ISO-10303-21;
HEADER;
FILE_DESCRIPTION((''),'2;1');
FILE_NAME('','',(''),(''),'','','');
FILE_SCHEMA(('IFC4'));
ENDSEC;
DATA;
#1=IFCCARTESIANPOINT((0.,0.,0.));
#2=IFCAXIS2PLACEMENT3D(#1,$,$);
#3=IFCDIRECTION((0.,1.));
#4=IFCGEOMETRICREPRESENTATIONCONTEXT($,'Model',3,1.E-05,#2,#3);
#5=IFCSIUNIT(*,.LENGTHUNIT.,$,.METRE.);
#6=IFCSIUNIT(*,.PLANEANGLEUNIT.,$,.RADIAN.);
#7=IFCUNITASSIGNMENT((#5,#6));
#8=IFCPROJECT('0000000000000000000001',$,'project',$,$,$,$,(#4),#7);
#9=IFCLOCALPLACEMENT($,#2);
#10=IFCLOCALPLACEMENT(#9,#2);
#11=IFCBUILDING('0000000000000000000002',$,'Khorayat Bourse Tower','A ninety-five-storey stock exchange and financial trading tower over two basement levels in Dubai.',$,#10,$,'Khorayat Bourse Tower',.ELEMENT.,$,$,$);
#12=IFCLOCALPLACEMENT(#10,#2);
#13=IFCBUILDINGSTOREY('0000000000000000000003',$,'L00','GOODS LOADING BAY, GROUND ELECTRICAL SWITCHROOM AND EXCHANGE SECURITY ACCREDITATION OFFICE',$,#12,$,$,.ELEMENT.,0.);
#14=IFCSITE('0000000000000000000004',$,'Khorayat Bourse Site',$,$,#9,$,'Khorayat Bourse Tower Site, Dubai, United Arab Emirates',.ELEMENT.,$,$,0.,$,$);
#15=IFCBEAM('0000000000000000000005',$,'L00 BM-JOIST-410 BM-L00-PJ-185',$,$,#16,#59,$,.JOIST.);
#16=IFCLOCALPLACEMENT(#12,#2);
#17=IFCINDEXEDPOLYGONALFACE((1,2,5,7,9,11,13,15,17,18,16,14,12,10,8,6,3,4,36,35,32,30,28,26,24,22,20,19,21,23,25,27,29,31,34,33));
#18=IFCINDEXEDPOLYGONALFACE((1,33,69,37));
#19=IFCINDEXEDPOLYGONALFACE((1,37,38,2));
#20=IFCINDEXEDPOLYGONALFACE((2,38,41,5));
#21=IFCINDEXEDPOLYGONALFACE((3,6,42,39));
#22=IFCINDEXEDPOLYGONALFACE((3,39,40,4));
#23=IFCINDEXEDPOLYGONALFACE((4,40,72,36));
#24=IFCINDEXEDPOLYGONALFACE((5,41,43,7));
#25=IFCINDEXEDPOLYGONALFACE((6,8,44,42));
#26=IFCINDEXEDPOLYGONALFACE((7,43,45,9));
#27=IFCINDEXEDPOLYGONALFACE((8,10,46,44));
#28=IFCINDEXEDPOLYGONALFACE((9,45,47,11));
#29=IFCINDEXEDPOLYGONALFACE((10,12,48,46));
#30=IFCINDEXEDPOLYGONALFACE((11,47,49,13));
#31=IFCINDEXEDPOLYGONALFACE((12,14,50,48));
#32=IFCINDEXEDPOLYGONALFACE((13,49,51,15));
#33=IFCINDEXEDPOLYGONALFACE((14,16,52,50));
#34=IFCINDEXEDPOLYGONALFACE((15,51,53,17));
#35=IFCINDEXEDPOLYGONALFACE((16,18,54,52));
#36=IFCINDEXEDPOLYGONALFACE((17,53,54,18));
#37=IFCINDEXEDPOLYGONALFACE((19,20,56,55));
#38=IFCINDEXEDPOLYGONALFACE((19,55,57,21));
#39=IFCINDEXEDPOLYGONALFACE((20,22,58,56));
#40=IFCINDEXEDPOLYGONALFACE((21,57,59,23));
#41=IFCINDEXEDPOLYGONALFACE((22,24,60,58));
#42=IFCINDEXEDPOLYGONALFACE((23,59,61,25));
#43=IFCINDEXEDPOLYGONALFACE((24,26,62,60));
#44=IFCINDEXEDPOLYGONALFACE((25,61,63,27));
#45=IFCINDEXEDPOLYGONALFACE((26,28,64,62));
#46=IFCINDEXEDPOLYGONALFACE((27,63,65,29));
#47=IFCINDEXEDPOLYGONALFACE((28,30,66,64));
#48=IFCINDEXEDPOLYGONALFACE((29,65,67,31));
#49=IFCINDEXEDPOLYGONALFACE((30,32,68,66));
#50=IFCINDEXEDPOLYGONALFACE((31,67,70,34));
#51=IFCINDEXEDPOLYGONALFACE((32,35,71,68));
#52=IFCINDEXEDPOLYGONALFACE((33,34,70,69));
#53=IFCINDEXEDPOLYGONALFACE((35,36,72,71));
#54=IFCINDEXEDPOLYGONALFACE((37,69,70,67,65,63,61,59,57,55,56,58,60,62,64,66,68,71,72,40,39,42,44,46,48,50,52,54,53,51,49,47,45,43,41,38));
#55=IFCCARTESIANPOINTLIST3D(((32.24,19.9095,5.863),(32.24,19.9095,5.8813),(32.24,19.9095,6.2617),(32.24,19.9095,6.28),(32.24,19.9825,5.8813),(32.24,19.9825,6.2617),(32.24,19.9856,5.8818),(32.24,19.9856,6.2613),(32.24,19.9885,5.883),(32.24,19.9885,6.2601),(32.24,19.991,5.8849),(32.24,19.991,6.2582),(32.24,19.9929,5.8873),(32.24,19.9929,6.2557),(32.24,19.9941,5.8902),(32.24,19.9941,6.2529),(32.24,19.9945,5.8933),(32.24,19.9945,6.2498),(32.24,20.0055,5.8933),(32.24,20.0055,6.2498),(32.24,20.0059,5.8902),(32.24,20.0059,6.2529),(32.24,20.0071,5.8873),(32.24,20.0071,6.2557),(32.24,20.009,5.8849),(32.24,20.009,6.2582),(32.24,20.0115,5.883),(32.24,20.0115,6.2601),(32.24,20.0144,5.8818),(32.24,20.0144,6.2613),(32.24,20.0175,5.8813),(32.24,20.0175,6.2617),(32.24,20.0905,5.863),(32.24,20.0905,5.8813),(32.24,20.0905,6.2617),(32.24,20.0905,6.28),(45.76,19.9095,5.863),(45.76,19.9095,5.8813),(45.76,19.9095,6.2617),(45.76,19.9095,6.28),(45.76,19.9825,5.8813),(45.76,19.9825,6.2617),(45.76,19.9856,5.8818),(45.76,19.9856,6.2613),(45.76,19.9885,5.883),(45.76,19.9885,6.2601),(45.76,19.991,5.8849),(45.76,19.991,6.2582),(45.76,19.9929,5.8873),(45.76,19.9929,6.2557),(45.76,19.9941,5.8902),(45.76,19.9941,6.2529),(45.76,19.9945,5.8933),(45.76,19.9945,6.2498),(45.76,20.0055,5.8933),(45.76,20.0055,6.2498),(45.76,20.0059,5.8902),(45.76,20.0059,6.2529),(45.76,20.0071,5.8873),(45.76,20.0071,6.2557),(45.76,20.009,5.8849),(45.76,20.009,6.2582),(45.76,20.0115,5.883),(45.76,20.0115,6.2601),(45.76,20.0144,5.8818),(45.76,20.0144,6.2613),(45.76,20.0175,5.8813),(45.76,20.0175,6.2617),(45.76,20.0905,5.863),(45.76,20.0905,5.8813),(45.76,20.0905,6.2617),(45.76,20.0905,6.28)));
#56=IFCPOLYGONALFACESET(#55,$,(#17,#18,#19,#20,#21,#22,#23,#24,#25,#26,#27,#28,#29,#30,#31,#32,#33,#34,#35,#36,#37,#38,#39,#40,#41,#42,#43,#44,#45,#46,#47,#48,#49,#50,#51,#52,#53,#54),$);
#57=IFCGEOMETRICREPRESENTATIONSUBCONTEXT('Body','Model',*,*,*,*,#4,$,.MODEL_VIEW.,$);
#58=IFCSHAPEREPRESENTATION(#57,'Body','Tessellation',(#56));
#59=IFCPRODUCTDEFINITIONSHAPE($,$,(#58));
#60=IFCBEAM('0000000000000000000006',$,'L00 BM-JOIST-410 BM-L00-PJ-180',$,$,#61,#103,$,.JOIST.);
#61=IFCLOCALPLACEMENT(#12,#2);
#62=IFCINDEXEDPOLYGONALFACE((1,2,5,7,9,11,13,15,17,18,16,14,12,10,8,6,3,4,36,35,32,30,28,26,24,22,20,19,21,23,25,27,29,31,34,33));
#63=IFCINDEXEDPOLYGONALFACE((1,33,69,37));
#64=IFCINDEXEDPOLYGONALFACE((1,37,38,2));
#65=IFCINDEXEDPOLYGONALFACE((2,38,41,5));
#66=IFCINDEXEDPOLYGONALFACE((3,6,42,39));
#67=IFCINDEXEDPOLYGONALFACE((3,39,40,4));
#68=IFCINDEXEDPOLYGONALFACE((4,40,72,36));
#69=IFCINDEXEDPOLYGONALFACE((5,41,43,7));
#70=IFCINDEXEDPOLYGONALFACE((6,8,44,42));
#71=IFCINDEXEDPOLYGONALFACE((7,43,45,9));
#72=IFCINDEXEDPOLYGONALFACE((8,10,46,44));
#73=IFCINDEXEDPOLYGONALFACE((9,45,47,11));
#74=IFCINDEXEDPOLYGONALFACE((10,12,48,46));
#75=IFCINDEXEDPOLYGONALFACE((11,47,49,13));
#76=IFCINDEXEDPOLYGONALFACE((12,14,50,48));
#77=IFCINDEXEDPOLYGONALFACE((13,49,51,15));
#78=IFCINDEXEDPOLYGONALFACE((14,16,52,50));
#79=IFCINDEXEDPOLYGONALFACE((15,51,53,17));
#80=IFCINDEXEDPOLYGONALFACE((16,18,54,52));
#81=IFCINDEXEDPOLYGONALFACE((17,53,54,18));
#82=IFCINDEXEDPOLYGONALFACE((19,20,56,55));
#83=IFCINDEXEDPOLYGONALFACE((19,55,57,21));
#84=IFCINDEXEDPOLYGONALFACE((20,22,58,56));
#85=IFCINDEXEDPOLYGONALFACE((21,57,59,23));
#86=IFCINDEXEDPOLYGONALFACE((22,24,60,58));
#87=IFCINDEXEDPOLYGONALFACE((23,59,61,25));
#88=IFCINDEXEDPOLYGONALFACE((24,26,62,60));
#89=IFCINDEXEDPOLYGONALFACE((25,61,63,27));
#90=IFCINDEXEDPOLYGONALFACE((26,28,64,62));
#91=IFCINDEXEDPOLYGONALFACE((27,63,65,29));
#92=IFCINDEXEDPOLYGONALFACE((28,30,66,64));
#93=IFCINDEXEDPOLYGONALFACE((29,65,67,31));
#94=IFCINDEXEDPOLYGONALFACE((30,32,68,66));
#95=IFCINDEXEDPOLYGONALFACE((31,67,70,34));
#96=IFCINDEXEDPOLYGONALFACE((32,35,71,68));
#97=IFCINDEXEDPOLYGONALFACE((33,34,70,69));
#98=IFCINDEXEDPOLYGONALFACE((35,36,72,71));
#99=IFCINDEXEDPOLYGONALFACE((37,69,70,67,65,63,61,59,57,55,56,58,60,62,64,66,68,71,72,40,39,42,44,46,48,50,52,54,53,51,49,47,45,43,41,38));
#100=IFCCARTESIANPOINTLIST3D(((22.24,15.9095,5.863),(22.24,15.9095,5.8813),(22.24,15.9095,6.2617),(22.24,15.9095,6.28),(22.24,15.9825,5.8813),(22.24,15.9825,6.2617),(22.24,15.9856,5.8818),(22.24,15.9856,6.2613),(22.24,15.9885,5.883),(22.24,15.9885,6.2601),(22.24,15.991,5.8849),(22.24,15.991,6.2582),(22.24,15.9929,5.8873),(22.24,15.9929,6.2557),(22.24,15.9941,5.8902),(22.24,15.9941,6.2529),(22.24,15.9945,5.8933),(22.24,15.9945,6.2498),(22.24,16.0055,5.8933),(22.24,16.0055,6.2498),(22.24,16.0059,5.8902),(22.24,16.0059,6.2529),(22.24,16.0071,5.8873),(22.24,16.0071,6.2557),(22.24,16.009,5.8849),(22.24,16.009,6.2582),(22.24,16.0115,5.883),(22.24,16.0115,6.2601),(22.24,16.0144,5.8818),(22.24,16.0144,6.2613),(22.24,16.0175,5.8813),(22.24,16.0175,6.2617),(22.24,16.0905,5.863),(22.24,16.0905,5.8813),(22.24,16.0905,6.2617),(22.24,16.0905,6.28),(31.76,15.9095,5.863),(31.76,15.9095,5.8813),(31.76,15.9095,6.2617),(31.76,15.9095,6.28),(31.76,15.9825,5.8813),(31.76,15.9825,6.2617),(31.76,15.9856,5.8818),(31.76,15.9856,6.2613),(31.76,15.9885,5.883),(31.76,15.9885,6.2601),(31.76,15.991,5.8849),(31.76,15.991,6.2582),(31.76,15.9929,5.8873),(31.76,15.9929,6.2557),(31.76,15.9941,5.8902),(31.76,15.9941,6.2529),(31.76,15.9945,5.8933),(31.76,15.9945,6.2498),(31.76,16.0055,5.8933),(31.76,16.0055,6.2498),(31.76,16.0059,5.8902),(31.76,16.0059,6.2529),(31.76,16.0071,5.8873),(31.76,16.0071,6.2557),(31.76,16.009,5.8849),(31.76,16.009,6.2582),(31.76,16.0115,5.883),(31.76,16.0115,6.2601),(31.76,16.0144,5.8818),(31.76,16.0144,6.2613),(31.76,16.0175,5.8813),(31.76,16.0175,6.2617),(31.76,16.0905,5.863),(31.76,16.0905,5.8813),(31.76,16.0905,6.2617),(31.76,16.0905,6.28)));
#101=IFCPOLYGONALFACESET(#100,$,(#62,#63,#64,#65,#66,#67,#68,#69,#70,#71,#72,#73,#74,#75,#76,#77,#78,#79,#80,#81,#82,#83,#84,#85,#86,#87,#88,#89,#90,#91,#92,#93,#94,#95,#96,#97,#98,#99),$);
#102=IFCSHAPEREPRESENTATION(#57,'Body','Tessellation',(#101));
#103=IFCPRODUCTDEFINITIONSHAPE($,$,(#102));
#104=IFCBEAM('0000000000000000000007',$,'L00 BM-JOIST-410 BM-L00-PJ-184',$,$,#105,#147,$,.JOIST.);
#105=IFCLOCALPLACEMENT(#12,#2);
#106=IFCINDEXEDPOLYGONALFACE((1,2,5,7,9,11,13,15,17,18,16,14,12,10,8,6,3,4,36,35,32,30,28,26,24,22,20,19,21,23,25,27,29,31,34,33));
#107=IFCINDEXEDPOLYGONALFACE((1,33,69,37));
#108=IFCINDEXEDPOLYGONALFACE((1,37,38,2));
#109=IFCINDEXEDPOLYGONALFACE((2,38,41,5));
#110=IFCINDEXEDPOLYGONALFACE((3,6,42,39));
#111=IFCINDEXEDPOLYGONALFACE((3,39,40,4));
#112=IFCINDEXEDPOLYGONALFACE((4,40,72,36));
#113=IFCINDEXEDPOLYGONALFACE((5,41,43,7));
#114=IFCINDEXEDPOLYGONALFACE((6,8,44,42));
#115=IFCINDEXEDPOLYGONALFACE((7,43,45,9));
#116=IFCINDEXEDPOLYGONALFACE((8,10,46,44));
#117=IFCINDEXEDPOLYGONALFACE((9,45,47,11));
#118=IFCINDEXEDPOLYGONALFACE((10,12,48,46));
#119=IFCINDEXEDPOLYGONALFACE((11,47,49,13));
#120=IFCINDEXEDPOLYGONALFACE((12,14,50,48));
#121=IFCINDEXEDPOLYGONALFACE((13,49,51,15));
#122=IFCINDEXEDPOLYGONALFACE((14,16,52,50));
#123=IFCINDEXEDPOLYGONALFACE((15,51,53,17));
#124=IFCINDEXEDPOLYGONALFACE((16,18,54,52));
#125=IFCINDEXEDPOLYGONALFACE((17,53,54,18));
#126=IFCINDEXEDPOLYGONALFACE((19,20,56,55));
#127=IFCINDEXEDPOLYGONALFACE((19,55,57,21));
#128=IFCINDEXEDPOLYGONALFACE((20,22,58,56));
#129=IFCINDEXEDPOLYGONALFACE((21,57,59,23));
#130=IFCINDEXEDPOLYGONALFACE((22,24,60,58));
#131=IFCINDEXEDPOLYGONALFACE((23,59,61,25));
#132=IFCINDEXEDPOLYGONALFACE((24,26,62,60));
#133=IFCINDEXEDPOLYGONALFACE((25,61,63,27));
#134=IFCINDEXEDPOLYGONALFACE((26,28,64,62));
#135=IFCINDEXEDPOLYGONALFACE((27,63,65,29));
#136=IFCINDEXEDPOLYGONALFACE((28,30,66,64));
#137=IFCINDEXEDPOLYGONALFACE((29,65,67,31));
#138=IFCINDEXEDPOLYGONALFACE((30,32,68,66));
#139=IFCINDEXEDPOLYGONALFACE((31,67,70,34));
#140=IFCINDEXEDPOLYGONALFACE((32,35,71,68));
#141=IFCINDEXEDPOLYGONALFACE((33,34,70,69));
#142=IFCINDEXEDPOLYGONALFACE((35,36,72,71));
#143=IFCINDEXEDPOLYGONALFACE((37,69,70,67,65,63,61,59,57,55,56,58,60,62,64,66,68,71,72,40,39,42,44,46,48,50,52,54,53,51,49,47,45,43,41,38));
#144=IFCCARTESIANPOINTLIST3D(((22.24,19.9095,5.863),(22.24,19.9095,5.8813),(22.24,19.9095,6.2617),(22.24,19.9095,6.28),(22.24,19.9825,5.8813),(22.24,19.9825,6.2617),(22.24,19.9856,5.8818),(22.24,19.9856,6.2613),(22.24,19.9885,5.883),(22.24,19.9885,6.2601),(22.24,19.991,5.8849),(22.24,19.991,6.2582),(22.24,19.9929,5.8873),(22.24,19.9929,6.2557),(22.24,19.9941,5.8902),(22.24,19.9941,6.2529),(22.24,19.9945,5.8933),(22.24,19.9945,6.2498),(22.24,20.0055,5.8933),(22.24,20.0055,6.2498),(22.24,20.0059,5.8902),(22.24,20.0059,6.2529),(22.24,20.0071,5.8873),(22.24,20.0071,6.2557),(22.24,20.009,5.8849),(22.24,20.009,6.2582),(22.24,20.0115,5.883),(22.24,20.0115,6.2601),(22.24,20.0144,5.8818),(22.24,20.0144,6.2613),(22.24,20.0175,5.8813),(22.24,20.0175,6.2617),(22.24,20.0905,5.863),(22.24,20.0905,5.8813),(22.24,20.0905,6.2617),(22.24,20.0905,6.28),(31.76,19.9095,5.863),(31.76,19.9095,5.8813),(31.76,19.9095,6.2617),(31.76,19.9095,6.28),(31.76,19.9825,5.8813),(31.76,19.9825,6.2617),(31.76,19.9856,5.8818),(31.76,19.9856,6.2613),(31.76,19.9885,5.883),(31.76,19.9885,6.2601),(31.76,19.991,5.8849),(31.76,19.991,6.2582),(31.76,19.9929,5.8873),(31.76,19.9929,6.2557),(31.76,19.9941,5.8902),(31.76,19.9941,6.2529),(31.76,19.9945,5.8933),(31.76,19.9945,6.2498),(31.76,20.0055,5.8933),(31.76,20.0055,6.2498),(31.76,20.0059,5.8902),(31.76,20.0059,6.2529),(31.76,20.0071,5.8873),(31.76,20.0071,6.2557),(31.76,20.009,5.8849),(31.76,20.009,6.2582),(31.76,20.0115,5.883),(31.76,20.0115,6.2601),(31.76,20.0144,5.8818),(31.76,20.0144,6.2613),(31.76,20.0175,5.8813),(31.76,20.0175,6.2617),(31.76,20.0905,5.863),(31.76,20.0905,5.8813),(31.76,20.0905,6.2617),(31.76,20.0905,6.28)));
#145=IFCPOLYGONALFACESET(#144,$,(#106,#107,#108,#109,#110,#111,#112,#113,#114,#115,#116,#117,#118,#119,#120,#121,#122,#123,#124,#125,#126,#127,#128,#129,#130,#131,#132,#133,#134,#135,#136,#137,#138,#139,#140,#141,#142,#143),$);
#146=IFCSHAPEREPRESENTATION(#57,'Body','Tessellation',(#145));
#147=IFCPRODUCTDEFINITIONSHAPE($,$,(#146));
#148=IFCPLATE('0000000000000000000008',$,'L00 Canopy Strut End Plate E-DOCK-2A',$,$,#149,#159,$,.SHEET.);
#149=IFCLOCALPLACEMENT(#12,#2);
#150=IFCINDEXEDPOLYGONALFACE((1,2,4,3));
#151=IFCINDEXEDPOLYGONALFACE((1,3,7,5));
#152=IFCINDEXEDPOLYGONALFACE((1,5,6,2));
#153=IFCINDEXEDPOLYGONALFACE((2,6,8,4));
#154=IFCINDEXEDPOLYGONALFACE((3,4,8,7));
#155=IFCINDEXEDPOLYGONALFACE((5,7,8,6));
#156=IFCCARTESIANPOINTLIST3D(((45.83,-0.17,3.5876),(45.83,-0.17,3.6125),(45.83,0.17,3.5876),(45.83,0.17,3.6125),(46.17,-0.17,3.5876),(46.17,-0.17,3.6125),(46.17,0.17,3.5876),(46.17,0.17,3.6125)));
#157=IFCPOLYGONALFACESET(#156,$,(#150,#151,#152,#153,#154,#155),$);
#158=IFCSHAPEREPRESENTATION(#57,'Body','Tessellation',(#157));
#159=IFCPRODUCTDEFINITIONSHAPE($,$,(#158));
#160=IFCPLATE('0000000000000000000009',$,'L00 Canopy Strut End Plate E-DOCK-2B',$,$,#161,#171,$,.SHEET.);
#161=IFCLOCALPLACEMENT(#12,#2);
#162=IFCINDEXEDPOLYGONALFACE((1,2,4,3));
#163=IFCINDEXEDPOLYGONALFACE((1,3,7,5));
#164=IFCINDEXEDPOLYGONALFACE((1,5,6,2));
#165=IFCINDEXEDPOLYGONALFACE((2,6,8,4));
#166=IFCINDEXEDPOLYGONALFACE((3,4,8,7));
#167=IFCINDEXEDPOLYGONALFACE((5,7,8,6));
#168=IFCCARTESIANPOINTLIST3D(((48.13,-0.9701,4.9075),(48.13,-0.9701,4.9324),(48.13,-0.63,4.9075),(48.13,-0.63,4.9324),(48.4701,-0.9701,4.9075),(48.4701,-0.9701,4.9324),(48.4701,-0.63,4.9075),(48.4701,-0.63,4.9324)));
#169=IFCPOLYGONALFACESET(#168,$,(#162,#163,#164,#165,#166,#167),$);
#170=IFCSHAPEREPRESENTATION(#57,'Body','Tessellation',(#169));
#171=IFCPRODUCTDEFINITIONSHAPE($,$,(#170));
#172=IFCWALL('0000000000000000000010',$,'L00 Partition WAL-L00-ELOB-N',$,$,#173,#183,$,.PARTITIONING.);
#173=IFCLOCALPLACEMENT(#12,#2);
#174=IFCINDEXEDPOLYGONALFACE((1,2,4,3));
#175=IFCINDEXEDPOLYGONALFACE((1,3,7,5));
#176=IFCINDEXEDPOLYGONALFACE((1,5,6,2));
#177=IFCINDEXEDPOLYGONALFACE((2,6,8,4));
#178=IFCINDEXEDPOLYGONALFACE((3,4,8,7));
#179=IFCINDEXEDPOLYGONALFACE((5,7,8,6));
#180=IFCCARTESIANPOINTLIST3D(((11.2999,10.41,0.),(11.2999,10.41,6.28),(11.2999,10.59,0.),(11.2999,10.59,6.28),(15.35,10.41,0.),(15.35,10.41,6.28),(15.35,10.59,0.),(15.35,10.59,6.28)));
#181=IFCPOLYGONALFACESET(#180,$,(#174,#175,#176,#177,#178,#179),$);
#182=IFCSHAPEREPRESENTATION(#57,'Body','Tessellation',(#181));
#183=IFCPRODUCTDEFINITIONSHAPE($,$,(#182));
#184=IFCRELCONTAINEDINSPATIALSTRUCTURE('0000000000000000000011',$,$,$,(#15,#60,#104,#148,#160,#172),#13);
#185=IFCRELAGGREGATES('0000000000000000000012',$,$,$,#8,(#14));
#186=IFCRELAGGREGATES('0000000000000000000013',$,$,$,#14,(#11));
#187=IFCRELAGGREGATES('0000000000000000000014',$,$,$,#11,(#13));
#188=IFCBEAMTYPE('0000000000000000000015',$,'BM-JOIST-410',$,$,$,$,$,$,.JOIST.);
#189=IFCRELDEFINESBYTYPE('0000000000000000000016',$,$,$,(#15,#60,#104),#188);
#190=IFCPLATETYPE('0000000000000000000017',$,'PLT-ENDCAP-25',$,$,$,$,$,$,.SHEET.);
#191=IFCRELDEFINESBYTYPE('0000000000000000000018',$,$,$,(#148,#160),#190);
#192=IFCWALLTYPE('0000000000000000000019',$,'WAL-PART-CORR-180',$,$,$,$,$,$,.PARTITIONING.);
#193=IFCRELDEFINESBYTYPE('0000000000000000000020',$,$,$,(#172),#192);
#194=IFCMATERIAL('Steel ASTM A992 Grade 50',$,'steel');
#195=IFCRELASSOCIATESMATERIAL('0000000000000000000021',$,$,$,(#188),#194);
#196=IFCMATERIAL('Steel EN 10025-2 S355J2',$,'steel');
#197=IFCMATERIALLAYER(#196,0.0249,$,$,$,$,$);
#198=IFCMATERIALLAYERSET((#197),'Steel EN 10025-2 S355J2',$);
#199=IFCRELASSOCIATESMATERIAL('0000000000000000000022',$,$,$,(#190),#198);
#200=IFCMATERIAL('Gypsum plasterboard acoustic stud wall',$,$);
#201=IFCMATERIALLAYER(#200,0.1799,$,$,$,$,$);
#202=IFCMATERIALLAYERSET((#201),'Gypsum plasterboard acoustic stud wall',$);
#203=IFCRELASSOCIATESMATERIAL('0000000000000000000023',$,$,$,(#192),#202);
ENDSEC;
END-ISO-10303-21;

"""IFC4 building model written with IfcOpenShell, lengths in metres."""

from ifc_helpers import new_model, si_unit, direction, frame, frame_2d, origin, origin_2d, place, context, subcontext, project, spatial, rectangle, i_section, extrude, source, transform, mapped, material, layer, layer_set, material_profile, profile_set, type_object, element, save


model = new_model("IFC4")

# Units and contexts
model_context = context("Model", 3, precision=1e-05, world=origin(), true_north=direction((0.0, 1.0)))
body_context = subcontext(model_context, "Body", "Model", "MODEL_VIEW")
ifc_project = project(units=[si_unit("LENGTHUNIT", "METRE"), si_unit("PLANEANGLEUNIT", "RADIAN")], contexts=[model_context])

# Site, building, storey
site_placement = place(None, origin())
site = spatial("IfcSite", under=ifc_project, at=site_placement, Name="Khorayat Bourse Site", LongName="Khorayat Bourse Tower Site, Dubai, United Arab Emirates", CompositionType="ELEMENT", RefElevation=0.0)
building_placement = place(site_placement, origin())
building = spatial("IfcBuilding", under=site, at=building_placement, Name="Khorayat Bourse Tower", Description="A ninety-five-storey stock exchange and financial trading tower over two basement levels in Dubai.", LongName="Khorayat Bourse Tower", CompositionType="ELEMENT")
storey_placement = place(building_placement, origin())
storey = spatial("IfcBuildingStorey", under=building, at=storey_placement, Name="L00", Description="GOODS LOADING BAY, GROUND ELECTRICAL SWITCHROOM AND EXCHANGE SECURITY ACCREDITATION OFFICE", CompositionType="ELEMENT", Elevation=0.0)

# Shared definitions
ifc_material_1 = material(Name="Steel EN 10025-2 S355J2", Category="steel")

# Beams
ifc_material_2 = material(Name="Steel ASTM A992 Grade 50", Category="steel")
ifc_material_profile_1 = material_profile(ifc_material_2, i_section(OverallWidth=0.1809, OverallDepth=0.417, WebThickness=0.011, FlangeThickness=0.0183, FilletRadius=0.012, at=origin_2d()), Name="W410X85")
ifc_profile_set_1 = profile_set([ifc_material_profile_1], Name="Steel ASTM A992 Grade 50")
beam_type_1 = type_object("IfcBeamType", Name="BM-JOIST-410", PredefinedType="JOIST", material=ifc_profile_set_1)
shared_shape_1 = source(origin(), body_context, "Body", "SweptSolid", [
    extrude(i_section(OverallWidth=0.1809, OverallDepth=0.417, WebThickness=0.011, FlangeThickness=0.0183, FilletRadius=0.012, at=origin_2d()), origin(), (0.0, 0.0, 1.0), 13.52),
])
for number, where, z_axis, x_axis, name in (
    (1, (32.24, 20.0, 6.0715), (1.0, 0.0, 0.0), (0.0, 1.0, 0.0), "L00 BM-JOIST-410 BM-L00-PJ-185"),
):
    element("IfcBeam", number, at=place(storey_placement, frame(where, z_axis=z_axis, x_axis=x_axis)), inside=storey, type_object=beam_type_1, Name=name, PredefinedType="JOIST", context=body_context, shape_type="MappedRepresentation", body=[
        mapped(shared_shape_1, transform((0.0, 0.0, 0.0), scale=1.0)),
    ])
shared_shape_2 = source(origin(), body_context, "Body", "SweptSolid", [
    extrude(i_section(OverallWidth=0.1809, OverallDepth=0.417, WebThickness=0.011, FlangeThickness=0.0183, FilletRadius=0.012, at=origin_2d()), origin(), (0.0, 0.0, 1.0), 9.52),
])
for number, where, z_axis, x_axis, name in (
    (2, (22.24, 16.0, 6.0715), (1.0, 0.0, 0.0), (0.0, 1.0, 0.0), "L00 BM-JOIST-410 BM-L00-PJ-180"),
    (3, (22.24, 20.0, 6.0715), (1.0, 0.0, 0.0), (0.0, 1.0, 0.0), "L00 BM-JOIST-410 BM-L00-PJ-184"),
):
    element("IfcBeam", number, at=place(storey_placement, frame(where, z_axis=z_axis, x_axis=x_axis)), inside=storey, type_object=beam_type_1, Name=name, PredefinedType="JOIST", context=body_context, shape_type="MappedRepresentation", body=[
        mapped(shared_shape_2, transform((0.0, 0.0, 0.0), scale=1.0)),
    ])

# Plates
ifc_layer_1 = layer(ifc_material_1, 0.0249)
ifc_layer_set_1 = layer_set([ifc_layer_1], Name="Steel EN 10025-2 S355J2")
plate_type = type_object("IfcPlateType", Name="PLT-ENDCAP-25", PredefinedType="SHEET", material=ifc_layer_set_1)
shared_shape_3 = source(origin(), body_context, "Body", "SweptSolid", [
    extrude(rectangle(XDim=0.3401, YDim=0.3401, at=origin_2d()), origin(), (0.0, 0.0, 1.0), 0.0249),
])
for number, where, z_axis, x_axis, name in (
    (4, (46.0, 0.0, 3.5876), (0.0, 0.0, 1.0), (1.0, 0.0, 0.0), "L00 Canopy Strut End Plate E-DOCK-2A"),
    (5, (48.3, -0.8, 4.9075), (0.0, 0.0, 1.0), (1.0, 0.0, 0.0), "L00 Canopy Strut End Plate E-DOCK-2B"),
):
    element("IfcPlate", number, at=place(storey_placement, frame(where, z_axis=z_axis, x_axis=x_axis)), inside=storey, type_object=plate_type, Name=name, PredefinedType="SHEET", context=body_context, shape_type="MappedRepresentation", body=[
        mapped(shared_shape_3, transform((0.0, 0.0, 0.0), scale=1.0)),
    ])

# Wall
ifc_material_3 = material(Name="Gypsum plasterboard acoustic stud wall")
ifc_layer_2 = layer(ifc_material_3, 0.1799)
ifc_layer_set_2 = layer_set([ifc_layer_2], Name="Gypsum plasterboard acoustic stud wall")
wall_type_1 = type_object("IfcWallType", Name="WAL-PART-CORR-180", PredefinedType="PARTITIONING", material=ifc_layer_set_2)
shared_shape_4 = source(origin(), body_context, "Body", "SweptSolid", [
    extrude(rectangle(XDim=4.05, YDim=0.1799, at=frame_2d((2.0249, 0.0))), origin(), (0.0, 0.0, 1.0), 6.28),
])
wall_1_placement = place(storey_placement, frame((11.3, 10.5, 0.0), z_axis=(0.0, 0.0, 1.0), x_axis=(1.0, 0.0, 0.0)))
element("IfcWall", 6, at=wall_1_placement, inside=storey, type_object=wall_type_1, Name="L00 Partition WAL-L00-ELOB-N", PredefinedType="PARTITIONING", context=body_context, shape_type="MappedRepresentation", body=[
    mapped(shared_shape_4, transform((0.0, 0.0, 0.0), scale=1.0)),
])

save(model, "model.ifc")
